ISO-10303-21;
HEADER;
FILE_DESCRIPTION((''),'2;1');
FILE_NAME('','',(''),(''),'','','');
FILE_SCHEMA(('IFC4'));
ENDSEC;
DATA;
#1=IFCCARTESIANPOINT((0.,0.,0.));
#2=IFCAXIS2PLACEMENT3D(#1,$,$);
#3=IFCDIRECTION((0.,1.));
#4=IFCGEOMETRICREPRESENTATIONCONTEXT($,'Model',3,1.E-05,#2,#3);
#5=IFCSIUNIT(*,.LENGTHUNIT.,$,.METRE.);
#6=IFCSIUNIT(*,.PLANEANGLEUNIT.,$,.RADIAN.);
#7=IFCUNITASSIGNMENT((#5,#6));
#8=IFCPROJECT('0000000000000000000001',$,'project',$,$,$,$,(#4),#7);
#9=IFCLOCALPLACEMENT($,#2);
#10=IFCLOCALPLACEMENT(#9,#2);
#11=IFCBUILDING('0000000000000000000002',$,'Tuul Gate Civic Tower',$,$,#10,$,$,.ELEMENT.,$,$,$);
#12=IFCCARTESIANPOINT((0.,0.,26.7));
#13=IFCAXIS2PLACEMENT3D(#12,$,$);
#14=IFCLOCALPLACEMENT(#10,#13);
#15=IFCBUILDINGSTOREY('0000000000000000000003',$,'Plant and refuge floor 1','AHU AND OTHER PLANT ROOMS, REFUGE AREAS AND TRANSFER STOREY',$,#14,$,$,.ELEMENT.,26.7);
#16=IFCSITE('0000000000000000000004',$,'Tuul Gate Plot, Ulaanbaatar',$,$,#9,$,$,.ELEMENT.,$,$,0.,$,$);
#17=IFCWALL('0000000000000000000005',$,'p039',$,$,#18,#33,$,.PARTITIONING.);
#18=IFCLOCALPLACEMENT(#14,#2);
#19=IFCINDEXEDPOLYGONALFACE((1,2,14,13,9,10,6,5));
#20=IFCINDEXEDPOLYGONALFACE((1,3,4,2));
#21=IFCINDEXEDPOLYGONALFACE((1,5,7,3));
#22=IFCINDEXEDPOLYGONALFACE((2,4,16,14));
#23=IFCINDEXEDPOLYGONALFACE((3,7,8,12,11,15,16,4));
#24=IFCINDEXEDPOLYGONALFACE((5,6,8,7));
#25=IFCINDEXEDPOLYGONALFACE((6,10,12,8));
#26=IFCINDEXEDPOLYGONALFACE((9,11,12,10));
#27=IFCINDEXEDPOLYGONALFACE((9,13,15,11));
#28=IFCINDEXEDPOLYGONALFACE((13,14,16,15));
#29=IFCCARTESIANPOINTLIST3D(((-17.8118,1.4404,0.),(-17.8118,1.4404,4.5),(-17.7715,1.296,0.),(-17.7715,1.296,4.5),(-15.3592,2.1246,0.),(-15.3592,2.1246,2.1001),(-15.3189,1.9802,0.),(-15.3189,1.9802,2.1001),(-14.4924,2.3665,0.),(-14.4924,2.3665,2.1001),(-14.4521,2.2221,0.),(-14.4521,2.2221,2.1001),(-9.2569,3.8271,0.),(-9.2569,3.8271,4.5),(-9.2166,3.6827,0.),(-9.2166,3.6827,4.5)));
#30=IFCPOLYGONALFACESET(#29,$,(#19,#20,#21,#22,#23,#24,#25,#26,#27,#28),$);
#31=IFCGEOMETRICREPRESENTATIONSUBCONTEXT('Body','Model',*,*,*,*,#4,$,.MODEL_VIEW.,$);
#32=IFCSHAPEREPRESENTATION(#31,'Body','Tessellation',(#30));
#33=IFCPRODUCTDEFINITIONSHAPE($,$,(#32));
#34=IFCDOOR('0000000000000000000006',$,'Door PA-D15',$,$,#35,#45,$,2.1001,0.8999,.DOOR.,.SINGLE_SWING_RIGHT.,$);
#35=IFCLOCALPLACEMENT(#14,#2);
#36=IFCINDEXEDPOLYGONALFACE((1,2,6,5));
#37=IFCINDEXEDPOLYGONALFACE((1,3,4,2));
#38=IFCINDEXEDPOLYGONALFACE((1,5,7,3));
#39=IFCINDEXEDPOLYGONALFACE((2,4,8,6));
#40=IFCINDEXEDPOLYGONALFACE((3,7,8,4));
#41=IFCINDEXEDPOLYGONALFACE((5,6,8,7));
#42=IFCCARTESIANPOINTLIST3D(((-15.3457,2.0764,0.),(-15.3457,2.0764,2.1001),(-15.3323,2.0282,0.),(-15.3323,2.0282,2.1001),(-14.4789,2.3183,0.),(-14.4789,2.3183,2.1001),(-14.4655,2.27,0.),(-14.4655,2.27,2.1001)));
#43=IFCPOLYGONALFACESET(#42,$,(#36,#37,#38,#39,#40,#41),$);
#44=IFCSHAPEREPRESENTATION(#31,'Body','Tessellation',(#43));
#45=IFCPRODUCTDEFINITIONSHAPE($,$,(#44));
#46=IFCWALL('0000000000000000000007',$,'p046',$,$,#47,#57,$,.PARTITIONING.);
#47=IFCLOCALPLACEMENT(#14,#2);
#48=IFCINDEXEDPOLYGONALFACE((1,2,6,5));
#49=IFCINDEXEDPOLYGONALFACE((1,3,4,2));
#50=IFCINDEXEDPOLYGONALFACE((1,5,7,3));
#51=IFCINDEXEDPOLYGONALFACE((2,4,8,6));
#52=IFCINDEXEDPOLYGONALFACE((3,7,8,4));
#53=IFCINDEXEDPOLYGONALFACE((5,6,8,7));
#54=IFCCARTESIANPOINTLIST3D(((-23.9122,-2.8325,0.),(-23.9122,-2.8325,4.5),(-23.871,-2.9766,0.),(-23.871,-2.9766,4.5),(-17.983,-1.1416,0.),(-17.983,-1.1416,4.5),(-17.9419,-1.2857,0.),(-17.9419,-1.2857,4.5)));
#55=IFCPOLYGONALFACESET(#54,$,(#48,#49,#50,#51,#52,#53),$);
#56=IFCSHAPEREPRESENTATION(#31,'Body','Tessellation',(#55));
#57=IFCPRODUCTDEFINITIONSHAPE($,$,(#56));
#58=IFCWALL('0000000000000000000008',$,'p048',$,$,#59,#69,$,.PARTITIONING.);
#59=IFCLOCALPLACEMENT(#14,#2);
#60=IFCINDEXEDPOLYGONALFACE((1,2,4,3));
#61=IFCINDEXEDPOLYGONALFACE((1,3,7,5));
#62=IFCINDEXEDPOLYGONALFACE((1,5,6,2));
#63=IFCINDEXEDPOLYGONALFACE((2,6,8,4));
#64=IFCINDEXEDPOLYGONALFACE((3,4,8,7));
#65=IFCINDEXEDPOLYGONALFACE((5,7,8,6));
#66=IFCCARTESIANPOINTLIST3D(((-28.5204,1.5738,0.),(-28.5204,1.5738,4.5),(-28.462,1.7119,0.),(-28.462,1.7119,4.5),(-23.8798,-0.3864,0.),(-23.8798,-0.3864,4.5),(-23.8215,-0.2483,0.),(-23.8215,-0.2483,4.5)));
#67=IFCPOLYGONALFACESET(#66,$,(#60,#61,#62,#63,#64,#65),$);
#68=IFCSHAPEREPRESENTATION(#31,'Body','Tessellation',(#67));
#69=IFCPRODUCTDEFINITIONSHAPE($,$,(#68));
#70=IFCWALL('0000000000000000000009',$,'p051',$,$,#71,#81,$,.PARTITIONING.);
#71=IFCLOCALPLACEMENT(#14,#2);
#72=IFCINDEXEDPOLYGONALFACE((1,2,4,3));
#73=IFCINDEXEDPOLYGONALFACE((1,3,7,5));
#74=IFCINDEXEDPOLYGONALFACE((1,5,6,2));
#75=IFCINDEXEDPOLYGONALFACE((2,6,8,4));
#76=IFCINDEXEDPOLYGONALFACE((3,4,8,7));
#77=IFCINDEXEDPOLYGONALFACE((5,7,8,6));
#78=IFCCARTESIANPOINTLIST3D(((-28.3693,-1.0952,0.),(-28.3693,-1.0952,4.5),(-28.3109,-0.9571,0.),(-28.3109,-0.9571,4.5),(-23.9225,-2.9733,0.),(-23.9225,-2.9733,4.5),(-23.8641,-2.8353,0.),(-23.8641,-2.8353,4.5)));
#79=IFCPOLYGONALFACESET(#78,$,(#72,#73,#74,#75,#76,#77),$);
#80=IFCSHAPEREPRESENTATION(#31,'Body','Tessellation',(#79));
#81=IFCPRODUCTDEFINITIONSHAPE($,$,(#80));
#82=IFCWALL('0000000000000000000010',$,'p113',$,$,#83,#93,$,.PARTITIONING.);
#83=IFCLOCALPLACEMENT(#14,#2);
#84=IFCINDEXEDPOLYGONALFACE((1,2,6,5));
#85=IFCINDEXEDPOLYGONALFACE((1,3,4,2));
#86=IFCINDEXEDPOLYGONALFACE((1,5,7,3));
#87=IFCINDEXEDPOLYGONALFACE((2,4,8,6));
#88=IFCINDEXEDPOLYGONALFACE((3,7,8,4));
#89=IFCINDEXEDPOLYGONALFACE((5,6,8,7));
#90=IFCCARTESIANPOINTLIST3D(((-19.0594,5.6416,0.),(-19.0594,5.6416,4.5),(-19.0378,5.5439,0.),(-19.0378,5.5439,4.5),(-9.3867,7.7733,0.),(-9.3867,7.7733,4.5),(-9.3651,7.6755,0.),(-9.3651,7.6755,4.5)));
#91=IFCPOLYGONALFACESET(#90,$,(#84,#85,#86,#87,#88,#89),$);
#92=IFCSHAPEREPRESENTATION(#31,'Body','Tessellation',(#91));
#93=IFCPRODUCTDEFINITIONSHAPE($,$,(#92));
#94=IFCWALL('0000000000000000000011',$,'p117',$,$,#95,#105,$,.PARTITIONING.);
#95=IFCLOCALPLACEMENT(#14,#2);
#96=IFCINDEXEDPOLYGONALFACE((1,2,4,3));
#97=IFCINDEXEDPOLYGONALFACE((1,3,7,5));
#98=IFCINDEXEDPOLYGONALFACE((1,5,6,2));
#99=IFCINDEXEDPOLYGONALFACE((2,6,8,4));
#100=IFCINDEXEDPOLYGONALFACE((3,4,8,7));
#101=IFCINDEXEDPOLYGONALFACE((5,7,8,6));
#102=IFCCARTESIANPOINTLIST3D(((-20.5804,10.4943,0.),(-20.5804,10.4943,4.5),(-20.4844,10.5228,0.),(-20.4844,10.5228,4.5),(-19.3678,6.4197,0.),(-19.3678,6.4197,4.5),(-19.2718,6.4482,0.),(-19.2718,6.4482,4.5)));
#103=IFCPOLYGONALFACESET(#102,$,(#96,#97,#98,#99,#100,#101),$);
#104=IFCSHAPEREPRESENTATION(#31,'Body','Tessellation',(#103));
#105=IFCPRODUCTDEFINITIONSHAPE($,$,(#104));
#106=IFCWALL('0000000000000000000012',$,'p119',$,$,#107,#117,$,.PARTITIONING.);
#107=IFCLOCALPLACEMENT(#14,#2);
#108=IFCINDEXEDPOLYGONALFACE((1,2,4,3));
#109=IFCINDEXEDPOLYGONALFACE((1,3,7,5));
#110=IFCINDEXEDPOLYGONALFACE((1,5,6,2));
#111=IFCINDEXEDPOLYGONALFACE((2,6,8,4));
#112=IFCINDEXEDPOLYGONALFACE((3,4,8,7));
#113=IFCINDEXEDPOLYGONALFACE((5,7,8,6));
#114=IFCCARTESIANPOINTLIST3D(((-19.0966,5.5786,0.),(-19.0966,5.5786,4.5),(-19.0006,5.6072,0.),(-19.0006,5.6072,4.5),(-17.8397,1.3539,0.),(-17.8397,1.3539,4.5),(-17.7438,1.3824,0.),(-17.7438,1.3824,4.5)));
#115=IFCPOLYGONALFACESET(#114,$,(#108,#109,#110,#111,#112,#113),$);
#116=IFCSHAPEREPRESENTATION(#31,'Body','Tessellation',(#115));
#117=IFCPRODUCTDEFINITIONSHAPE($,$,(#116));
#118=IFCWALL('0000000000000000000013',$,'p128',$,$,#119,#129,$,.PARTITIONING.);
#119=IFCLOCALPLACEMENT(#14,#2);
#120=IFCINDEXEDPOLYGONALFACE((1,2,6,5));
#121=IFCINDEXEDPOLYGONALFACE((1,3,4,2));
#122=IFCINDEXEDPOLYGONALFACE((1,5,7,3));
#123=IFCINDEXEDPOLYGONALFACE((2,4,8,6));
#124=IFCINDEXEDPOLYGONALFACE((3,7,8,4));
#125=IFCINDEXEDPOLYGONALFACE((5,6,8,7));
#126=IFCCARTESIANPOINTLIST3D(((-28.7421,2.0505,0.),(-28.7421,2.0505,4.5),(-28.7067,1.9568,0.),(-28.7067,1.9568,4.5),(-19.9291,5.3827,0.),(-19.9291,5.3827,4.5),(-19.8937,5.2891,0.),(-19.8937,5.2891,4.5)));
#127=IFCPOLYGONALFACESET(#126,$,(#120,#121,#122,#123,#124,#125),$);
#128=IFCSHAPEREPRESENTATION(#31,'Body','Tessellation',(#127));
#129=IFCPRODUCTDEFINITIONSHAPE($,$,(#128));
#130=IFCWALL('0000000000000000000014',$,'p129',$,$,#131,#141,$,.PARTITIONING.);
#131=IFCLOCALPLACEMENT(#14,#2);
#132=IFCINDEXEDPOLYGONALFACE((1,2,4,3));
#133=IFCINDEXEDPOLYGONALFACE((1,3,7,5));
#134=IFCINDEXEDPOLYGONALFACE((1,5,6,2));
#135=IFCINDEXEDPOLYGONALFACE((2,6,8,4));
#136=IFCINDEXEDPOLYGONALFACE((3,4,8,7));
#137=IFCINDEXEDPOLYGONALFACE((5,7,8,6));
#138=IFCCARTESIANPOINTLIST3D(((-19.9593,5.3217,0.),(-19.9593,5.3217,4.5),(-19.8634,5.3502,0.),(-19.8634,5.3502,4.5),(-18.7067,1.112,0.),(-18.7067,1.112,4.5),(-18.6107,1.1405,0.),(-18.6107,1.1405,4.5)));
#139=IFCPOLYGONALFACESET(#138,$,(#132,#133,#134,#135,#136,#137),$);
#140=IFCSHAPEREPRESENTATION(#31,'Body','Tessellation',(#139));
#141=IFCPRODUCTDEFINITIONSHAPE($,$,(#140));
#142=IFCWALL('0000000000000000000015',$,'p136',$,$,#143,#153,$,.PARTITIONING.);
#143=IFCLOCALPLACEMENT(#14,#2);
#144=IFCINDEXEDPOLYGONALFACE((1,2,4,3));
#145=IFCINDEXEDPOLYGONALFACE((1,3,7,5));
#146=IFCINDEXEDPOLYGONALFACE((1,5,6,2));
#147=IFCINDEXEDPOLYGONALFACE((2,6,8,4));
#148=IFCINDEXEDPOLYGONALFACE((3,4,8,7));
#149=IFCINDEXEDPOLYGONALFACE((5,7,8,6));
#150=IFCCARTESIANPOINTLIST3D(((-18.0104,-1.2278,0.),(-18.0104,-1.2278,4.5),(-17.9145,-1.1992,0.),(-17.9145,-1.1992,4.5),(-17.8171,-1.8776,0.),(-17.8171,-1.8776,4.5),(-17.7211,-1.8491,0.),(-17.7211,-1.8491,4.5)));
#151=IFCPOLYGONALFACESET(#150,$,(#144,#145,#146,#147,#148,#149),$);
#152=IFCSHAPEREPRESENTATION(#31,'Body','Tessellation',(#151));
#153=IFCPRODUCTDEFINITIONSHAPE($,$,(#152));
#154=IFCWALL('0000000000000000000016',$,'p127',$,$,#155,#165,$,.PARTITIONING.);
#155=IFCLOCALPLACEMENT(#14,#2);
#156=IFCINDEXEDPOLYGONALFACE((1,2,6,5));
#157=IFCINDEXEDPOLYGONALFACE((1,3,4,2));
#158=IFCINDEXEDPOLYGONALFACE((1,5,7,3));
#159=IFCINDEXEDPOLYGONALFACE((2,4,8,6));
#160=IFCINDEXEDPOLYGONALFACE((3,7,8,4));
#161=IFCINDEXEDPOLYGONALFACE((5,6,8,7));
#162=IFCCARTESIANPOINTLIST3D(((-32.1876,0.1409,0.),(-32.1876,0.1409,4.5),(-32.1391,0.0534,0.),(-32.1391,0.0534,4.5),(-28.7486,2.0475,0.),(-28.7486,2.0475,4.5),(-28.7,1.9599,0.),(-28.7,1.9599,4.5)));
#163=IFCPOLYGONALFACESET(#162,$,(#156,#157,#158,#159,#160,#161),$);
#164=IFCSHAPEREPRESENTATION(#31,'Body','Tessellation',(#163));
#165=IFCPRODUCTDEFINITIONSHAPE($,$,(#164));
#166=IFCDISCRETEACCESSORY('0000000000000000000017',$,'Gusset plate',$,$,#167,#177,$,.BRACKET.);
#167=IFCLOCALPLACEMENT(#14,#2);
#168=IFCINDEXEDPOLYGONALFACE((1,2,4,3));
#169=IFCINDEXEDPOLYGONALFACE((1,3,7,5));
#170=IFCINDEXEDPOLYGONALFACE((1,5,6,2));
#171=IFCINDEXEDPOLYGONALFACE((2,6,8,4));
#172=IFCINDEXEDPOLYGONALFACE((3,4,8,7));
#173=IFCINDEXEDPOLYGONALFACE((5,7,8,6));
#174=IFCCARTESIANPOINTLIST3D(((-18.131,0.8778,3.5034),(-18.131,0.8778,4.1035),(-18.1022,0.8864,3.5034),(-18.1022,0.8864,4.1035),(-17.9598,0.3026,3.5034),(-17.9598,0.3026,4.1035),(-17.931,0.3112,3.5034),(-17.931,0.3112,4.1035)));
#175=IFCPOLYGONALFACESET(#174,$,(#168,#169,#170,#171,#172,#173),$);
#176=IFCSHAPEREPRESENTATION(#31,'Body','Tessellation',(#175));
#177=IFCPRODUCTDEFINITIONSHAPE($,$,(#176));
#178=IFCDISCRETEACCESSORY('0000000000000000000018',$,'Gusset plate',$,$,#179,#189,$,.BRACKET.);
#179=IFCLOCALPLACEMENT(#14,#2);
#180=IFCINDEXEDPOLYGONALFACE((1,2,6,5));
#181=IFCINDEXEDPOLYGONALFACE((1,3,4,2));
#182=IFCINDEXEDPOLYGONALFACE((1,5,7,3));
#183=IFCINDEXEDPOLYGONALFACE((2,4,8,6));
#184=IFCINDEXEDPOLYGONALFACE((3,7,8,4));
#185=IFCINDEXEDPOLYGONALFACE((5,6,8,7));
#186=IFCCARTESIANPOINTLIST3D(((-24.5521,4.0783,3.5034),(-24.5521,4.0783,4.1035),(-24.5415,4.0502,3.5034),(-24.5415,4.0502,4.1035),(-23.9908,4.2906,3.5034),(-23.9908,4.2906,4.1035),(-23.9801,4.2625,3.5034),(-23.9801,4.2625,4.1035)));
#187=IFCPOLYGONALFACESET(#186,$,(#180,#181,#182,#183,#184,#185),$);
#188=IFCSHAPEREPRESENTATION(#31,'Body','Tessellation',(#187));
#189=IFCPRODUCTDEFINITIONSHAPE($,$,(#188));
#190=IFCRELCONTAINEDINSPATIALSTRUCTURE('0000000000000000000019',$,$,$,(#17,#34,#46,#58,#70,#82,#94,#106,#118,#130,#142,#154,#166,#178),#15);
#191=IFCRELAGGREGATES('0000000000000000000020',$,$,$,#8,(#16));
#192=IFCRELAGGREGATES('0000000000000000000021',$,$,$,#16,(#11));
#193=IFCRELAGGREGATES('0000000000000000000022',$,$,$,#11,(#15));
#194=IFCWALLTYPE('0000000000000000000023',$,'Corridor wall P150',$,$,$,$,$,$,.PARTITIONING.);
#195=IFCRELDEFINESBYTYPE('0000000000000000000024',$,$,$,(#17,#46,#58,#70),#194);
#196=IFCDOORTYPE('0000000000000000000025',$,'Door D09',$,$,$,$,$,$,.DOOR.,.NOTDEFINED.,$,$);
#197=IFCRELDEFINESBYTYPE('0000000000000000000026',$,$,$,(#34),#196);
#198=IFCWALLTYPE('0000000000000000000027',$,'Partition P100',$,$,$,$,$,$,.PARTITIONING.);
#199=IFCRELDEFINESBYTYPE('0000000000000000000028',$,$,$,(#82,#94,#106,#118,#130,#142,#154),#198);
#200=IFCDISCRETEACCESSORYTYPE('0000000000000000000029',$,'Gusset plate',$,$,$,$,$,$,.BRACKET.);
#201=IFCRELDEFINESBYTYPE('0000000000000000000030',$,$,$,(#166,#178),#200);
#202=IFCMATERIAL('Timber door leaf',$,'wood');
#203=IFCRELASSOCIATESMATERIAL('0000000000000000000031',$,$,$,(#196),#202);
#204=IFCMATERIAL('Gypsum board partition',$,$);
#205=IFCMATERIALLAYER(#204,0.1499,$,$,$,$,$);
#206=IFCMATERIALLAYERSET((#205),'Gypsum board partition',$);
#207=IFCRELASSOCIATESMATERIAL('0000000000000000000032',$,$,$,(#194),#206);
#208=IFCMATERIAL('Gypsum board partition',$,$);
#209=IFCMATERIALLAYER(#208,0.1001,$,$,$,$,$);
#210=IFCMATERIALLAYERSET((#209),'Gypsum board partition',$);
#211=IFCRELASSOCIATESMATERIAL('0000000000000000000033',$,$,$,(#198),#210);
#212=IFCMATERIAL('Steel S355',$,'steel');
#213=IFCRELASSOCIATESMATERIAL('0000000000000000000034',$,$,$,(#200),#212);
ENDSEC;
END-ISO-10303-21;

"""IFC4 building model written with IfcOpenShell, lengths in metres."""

from ifc_helpers import new_model, si_unit, direction, frame, frame_2d, origin, origin_2d, place, context, subcontext, project, spatial, rectangle, extrude, material, layer, layer_set, type_object, element, fill, save


model = new_model("IFC4")

# Units and contexts
model_context = context("Model", 3, precision=1e-05, world=origin(), true_north=direction((0.0, 1.0)))
body_context = subcontext(model_context, "Body", "Model", "MODEL_VIEW")
ifc_project = project(units=[si_unit("LENGTHUNIT", "METRE"), si_unit("PLANEANGLEUNIT", "RADIAN")], contexts=[model_context])

# Site, building, storey
site_placement = place(None, origin())
site = spatial("IfcSite", under=ifc_project, at=site_placement, Name="Tuul Gate Plot, Ulaanbaatar", CompositionType="ELEMENT", RefElevation=0.0)
building_placement = place(site_placement, origin())
building = spatial("IfcBuilding", under=site, at=building_placement, Name="Tuul Gate Civic Tower", CompositionType="ELEMENT")
storey_placement = place(building_placement, frame((0.0, 0.0, 26.7)))
storey = spatial("IfcBuildingStorey", under=building, at=storey_placement, Name="Plant and refuge floor 1", Description="AHU AND OTHER PLANT ROOMS, REFUGE AREAS AND TRANSFER STOREY", CompositionType="ELEMENT", Elevation=26.7)

# Shared definitions
ifc_material_1 = material(Name="Timber door leaf", Category="wood")
door_type = type_object("IfcDoorType", Name="Door D09", OperationType="NOTDEFINED", PredefinedType="DOOR", material=ifc_material_1)

# Shared definitions
ifc_material_2 = material(Name="Gypsum board partition")
ifc_layer_1 = layer(ifc_material_2, 0.1499)
ifc_layer_set_1 = layer_set([ifc_layer_1], Name="Gypsum board partition")
wall_type_1 = type_object("IfcWallType", Name="Corridor wall P150", PredefinedType="PARTITIONING", material=ifc_layer_set_1)

# Wall, opening, door
wall_1_placement = place(storey_placement, frame((-17.7917, 1.3682, 0.0), z_axis=(0.0, 0.0, 1.0), x_axis=(0.963217, 0.268725, 0.0)))
wall_1 = element("IfcWall", 1, at=wall_1_placement, inside=storey, type_object=wall_type_1, Name="p039", PredefinedType="PARTITIONING", context=body_context, shape_type="SweptSolid", body=[
    extrude(rectangle(XDim=8.8816, YDim=0.1499, at=frame_2d((4.4409, 0.0))), origin(), (0.0, 0.0, 1.0), 4.5),
])
opening_1_placement = place(wall_1_placement, frame((2.5464, 0.0, 0.0)))
opening_1 = element("IfcOpeningElement", 2, at=opening_1_placement, cuts=wall_1, PredefinedType="OPENING", context=body_context, shape_type="SweptSolid", body=[
    extrude(rectangle(XDim=0.8999, YDim=2.1001, at=frame_2d((0.45, 1.05))), frame((0.0, 0.085, 0.0), z_axis=(0.0, -1.0, 0.0), x_axis=(1.0, 0.0, 0.0)), (0.0, 0.0, 1.0), 0.1699),
])
door_1_placement = place(opening_1_placement, origin())
door_1 = element("IfcDoor", 3, at=door_1_placement, inside=storey, type_object=door_type, Name="Door PA-D15", OperationType="SINGLE_SWING_RIGHT", OverallHeight=2.1001, OverallWidth=0.8999, PredefinedType="DOOR", context=body_context, shape_type="SweptSolid", body=[
    extrude(rectangle(XDim=0.8999, YDim=2.1001, at=frame_2d((0.45, 1.05))), frame((0.0, 0.0249, 0.0), z_axis=(0.0, -1.0, 0.0), x_axis=(1.0, 0.0, 0.0)), (0.0, 0.0, 1.0), 0.05),
])
fill(opening_1, door_1)

# Walls
wall_2_placement = place(storey_placement, frame((-23.8916, -2.9045, 0.0), z_axis=(0.0, 0.0, 1.0), x_axis=(0.961658, 0.27425, 0.0)))
element("IfcWall", 4, at=wall_2_placement, inside=storey, type_object=wall_type_1, Name="p046", PredefinedType="PARTITIONING", context=body_context, shape_type="SweptSolid", body=[
    extrude(rectangle(XDim=6.1655, YDim=0.1499, at=frame_2d((3.0828, 0.0))), origin(), (0.0, 0.0, 1.0), 4.5),
])
wall_3_placement = place(storey_placement, frame((-28.4912, 1.6428, 0.0), z_axis=(0.0, 0.0, 1.0), x_axis=(0.921191, -0.389112, 0.0)))
element("IfcWall", 5, at=wall_3_placement, inside=storey, type_object=wall_type_1, Name="p048", PredefinedType="PARTITIONING", context=body_context, shape_type="SweptSolid", body=[
    extrude(rectangle(XDim=5.0376, YDim=0.1499, at=frame_2d((2.5188, 0.0))), origin(), (0.0, 0.0, 1.0), 4.5),
])
wall_4_placement = place(storey_placement, frame((-28.3401, -1.0261, 0.0), z_axis=(0.0, 0.0, 1.0), x_axis=(0.921202, -0.389086, 0.0)))
element("IfcWall", 6, at=wall_4_placement, inside=storey, type_object=wall_type_1, Name="p051", PredefinedType="PARTITIONING", context=body_context, shape_type="SweptSolid", body=[
    extrude(rectangle(XDim=4.8271, YDim=0.1499, at=frame_2d((2.4136, 0.0))), origin(), (0.0, 0.0, 1.0), 4.5),
])
ifc_material_3 = material(Name="Gypsum board partition")
ifc_layer_2 = layer(ifc_material_3, 0.1001)
ifc_layer_set_2 = layer_set([ifc_layer_2], Name="Gypsum board partition")
wall_type_2 = type_object("IfcWallType", Name="Partition P100", PredefinedType="PARTITIONING", material=ifc_layer_set_2)
wall_5_placement = place(storey_placement, frame((-19.0486, 5.5928, 0.0), z_axis=(0.0, 0.0, 1.0), x_axis=(0.976568, 0.21521, 0.0)))
element("IfcWall", 7, at=wall_5_placement, inside=storey, type_object=wall_type_2, Name="p113", PredefinedType="PARTITIONING", context=body_context, shape_type="SweptSolid", body=[
    extrude(rectangle(XDim=9.9048, YDim=0.1001, at=frame_2d((4.9524, 0.0))), origin(), (0.0, 0.0, 1.0), 4.5),
])
wall_6_placement = place(storey_placement, frame((-19.3198, 6.4341, 0.0), z_axis=(0.0, 0.0, 1.0), x_axis=(-0.28524, 0.958456, 0.0)))
element("IfcWall", 8, at=wall_6_placement, inside=storey, type_object=wall_type_2, Name="p117", PredefinedType="PARTITIONING", context=body_context, shape_type="SweptSolid", body=[
    extrude(rectangle(XDim=4.2512, YDim=0.1001, at=frame_2d((2.1255, 0.0))), origin(), (0.0, 0.0, 1.0), 4.5),
])
wall_7_placement = place(storey_placement, frame((-17.7917, 1.3682, 0.0), z_axis=(0.0, 0.0, 1.0), x_axis=(-0.285152, 0.958482, 0.0)))
element("IfcWall", 9, at=wall_7_placement, inside=storey, type_object=wall_type_2, Name="p119", PredefinedType="PARTITIONING", context=body_context, shape_type="SweptSolid", body=[
    extrude(rectangle(XDim=4.4077, YDim=0.1001, at=frame_2d((2.2039, 0.0))), origin(), (0.0, 0.0, 1.0), 4.5),
])
wall_8_placement = place(storey_placement, frame((-28.7244, 2.0037, 0.0), z_axis=(0.0, 0.0, 1.0), x_axis=(0.935369, 0.353672, 0.0)))
element("IfcWall", 10, at=wall_8_placement, inside=storey, type_object=wall_type_2, Name="p128", PredefinedType="PARTITIONING", context=body_context, shape_type="SweptSolid", body=[
    extrude(rectangle(XDim=9.4219, YDim=0.1001, at=frame_2d((4.7109, 0.0))), origin(), (0.0, 0.0, 1.0), 4.5),
])
wall_9_placement = place(storey_placement, frame((-19.9114, 5.3359, 0.0), z_axis=(0.0, 0.0, 1.0), x_axis=(0.28521, -0.958465, 0.0)))
element("IfcWall", 11, at=wall_9_placement, inside=storey, type_object=wall_type_2, Name="p129", PredefinedType="PARTITIONING", context=body_context, shape_type="SweptSolid", body=[
    extrude(rectangle(XDim=4.3921, YDim=0.1001, at=frame_2d((2.196, 0.0))), origin(), (0.0, 0.0, 1.0), 4.5),
])
wall_10_placement = place(storey_placement, frame((-17.9624, -1.2136, 0.0), z_axis=(0.0, 0.0, 1.0), x_axis=(0.285167, -0.958478, 0.0)))
element("IfcWall", 12, at=wall_10_placement, inside=storey, type_object=wall_type_2, Name="p136", PredefinedType="PARTITIONING", context=body_context, shape_type="SweptSolid", body=[
    extrude(rectangle(XDim=0.678, YDim=0.1001, at=frame_2d((0.3389, 0.0))), origin(), (0.0, 0.0, 1.0), 4.5),
])
wall_11_placement = place(storey_placement, frame((-32.1633, 0.0972, 0.0), z_axis=(0.0, 0.0, 1.0), x_axis=(0.874593, 0.484857, 0.0)))
element("IfcWall", 13, at=wall_11_placement, inside=storey, type_object=wall_type_2, Name="p127", PredefinedType="PARTITIONING", context=body_context, shape_type="SweptSolid", body=[
    extrude(rectangle(XDim=3.9321, YDim=0.1001, at=frame_2d((1.9661, 0.0))), origin(), (0.0, 0.0, 1.0), 4.5),
])

# Discrete accessories
ifc_material_4 = material(Name="Steel S355", Category="steel")
discrete_accessory_type = type_object("IfcDiscreteAccessoryType", Name="Gusset plate", PredefinedType="BRACKET", material=ifc_material_4)
for number, where, z_axis, x_axis, name in (
    (14, (-18.031, 0.5945, 3.5034), (0.0, 0.0, 1.0), (-0.285196, 0.958469, 0.0), "Gusset plate"),
    (15, (-24.2661, 4.1704, 3.5034), (0.0, 0.0, 1.0), (-0.935366, -0.35368, 0.0), "Gusset plate"),
):
    element("IfcDiscreteAccessory", number, at=place(storey_placement, frame(where, z_axis=z_axis, x_axis=x_axis)), inside=storey, type_object=discrete_accessory_type, Name=name, PredefinedType="BRACKET", context=body_context, shape_type="SweptSolid", body=[
        extrude(rectangle(XDim=0.6001, YDim=0.03, at=origin_2d()), origin(), (0.0, 0.0, 1.0), 0.6001),
    ])

save(model, "model.ifc")
